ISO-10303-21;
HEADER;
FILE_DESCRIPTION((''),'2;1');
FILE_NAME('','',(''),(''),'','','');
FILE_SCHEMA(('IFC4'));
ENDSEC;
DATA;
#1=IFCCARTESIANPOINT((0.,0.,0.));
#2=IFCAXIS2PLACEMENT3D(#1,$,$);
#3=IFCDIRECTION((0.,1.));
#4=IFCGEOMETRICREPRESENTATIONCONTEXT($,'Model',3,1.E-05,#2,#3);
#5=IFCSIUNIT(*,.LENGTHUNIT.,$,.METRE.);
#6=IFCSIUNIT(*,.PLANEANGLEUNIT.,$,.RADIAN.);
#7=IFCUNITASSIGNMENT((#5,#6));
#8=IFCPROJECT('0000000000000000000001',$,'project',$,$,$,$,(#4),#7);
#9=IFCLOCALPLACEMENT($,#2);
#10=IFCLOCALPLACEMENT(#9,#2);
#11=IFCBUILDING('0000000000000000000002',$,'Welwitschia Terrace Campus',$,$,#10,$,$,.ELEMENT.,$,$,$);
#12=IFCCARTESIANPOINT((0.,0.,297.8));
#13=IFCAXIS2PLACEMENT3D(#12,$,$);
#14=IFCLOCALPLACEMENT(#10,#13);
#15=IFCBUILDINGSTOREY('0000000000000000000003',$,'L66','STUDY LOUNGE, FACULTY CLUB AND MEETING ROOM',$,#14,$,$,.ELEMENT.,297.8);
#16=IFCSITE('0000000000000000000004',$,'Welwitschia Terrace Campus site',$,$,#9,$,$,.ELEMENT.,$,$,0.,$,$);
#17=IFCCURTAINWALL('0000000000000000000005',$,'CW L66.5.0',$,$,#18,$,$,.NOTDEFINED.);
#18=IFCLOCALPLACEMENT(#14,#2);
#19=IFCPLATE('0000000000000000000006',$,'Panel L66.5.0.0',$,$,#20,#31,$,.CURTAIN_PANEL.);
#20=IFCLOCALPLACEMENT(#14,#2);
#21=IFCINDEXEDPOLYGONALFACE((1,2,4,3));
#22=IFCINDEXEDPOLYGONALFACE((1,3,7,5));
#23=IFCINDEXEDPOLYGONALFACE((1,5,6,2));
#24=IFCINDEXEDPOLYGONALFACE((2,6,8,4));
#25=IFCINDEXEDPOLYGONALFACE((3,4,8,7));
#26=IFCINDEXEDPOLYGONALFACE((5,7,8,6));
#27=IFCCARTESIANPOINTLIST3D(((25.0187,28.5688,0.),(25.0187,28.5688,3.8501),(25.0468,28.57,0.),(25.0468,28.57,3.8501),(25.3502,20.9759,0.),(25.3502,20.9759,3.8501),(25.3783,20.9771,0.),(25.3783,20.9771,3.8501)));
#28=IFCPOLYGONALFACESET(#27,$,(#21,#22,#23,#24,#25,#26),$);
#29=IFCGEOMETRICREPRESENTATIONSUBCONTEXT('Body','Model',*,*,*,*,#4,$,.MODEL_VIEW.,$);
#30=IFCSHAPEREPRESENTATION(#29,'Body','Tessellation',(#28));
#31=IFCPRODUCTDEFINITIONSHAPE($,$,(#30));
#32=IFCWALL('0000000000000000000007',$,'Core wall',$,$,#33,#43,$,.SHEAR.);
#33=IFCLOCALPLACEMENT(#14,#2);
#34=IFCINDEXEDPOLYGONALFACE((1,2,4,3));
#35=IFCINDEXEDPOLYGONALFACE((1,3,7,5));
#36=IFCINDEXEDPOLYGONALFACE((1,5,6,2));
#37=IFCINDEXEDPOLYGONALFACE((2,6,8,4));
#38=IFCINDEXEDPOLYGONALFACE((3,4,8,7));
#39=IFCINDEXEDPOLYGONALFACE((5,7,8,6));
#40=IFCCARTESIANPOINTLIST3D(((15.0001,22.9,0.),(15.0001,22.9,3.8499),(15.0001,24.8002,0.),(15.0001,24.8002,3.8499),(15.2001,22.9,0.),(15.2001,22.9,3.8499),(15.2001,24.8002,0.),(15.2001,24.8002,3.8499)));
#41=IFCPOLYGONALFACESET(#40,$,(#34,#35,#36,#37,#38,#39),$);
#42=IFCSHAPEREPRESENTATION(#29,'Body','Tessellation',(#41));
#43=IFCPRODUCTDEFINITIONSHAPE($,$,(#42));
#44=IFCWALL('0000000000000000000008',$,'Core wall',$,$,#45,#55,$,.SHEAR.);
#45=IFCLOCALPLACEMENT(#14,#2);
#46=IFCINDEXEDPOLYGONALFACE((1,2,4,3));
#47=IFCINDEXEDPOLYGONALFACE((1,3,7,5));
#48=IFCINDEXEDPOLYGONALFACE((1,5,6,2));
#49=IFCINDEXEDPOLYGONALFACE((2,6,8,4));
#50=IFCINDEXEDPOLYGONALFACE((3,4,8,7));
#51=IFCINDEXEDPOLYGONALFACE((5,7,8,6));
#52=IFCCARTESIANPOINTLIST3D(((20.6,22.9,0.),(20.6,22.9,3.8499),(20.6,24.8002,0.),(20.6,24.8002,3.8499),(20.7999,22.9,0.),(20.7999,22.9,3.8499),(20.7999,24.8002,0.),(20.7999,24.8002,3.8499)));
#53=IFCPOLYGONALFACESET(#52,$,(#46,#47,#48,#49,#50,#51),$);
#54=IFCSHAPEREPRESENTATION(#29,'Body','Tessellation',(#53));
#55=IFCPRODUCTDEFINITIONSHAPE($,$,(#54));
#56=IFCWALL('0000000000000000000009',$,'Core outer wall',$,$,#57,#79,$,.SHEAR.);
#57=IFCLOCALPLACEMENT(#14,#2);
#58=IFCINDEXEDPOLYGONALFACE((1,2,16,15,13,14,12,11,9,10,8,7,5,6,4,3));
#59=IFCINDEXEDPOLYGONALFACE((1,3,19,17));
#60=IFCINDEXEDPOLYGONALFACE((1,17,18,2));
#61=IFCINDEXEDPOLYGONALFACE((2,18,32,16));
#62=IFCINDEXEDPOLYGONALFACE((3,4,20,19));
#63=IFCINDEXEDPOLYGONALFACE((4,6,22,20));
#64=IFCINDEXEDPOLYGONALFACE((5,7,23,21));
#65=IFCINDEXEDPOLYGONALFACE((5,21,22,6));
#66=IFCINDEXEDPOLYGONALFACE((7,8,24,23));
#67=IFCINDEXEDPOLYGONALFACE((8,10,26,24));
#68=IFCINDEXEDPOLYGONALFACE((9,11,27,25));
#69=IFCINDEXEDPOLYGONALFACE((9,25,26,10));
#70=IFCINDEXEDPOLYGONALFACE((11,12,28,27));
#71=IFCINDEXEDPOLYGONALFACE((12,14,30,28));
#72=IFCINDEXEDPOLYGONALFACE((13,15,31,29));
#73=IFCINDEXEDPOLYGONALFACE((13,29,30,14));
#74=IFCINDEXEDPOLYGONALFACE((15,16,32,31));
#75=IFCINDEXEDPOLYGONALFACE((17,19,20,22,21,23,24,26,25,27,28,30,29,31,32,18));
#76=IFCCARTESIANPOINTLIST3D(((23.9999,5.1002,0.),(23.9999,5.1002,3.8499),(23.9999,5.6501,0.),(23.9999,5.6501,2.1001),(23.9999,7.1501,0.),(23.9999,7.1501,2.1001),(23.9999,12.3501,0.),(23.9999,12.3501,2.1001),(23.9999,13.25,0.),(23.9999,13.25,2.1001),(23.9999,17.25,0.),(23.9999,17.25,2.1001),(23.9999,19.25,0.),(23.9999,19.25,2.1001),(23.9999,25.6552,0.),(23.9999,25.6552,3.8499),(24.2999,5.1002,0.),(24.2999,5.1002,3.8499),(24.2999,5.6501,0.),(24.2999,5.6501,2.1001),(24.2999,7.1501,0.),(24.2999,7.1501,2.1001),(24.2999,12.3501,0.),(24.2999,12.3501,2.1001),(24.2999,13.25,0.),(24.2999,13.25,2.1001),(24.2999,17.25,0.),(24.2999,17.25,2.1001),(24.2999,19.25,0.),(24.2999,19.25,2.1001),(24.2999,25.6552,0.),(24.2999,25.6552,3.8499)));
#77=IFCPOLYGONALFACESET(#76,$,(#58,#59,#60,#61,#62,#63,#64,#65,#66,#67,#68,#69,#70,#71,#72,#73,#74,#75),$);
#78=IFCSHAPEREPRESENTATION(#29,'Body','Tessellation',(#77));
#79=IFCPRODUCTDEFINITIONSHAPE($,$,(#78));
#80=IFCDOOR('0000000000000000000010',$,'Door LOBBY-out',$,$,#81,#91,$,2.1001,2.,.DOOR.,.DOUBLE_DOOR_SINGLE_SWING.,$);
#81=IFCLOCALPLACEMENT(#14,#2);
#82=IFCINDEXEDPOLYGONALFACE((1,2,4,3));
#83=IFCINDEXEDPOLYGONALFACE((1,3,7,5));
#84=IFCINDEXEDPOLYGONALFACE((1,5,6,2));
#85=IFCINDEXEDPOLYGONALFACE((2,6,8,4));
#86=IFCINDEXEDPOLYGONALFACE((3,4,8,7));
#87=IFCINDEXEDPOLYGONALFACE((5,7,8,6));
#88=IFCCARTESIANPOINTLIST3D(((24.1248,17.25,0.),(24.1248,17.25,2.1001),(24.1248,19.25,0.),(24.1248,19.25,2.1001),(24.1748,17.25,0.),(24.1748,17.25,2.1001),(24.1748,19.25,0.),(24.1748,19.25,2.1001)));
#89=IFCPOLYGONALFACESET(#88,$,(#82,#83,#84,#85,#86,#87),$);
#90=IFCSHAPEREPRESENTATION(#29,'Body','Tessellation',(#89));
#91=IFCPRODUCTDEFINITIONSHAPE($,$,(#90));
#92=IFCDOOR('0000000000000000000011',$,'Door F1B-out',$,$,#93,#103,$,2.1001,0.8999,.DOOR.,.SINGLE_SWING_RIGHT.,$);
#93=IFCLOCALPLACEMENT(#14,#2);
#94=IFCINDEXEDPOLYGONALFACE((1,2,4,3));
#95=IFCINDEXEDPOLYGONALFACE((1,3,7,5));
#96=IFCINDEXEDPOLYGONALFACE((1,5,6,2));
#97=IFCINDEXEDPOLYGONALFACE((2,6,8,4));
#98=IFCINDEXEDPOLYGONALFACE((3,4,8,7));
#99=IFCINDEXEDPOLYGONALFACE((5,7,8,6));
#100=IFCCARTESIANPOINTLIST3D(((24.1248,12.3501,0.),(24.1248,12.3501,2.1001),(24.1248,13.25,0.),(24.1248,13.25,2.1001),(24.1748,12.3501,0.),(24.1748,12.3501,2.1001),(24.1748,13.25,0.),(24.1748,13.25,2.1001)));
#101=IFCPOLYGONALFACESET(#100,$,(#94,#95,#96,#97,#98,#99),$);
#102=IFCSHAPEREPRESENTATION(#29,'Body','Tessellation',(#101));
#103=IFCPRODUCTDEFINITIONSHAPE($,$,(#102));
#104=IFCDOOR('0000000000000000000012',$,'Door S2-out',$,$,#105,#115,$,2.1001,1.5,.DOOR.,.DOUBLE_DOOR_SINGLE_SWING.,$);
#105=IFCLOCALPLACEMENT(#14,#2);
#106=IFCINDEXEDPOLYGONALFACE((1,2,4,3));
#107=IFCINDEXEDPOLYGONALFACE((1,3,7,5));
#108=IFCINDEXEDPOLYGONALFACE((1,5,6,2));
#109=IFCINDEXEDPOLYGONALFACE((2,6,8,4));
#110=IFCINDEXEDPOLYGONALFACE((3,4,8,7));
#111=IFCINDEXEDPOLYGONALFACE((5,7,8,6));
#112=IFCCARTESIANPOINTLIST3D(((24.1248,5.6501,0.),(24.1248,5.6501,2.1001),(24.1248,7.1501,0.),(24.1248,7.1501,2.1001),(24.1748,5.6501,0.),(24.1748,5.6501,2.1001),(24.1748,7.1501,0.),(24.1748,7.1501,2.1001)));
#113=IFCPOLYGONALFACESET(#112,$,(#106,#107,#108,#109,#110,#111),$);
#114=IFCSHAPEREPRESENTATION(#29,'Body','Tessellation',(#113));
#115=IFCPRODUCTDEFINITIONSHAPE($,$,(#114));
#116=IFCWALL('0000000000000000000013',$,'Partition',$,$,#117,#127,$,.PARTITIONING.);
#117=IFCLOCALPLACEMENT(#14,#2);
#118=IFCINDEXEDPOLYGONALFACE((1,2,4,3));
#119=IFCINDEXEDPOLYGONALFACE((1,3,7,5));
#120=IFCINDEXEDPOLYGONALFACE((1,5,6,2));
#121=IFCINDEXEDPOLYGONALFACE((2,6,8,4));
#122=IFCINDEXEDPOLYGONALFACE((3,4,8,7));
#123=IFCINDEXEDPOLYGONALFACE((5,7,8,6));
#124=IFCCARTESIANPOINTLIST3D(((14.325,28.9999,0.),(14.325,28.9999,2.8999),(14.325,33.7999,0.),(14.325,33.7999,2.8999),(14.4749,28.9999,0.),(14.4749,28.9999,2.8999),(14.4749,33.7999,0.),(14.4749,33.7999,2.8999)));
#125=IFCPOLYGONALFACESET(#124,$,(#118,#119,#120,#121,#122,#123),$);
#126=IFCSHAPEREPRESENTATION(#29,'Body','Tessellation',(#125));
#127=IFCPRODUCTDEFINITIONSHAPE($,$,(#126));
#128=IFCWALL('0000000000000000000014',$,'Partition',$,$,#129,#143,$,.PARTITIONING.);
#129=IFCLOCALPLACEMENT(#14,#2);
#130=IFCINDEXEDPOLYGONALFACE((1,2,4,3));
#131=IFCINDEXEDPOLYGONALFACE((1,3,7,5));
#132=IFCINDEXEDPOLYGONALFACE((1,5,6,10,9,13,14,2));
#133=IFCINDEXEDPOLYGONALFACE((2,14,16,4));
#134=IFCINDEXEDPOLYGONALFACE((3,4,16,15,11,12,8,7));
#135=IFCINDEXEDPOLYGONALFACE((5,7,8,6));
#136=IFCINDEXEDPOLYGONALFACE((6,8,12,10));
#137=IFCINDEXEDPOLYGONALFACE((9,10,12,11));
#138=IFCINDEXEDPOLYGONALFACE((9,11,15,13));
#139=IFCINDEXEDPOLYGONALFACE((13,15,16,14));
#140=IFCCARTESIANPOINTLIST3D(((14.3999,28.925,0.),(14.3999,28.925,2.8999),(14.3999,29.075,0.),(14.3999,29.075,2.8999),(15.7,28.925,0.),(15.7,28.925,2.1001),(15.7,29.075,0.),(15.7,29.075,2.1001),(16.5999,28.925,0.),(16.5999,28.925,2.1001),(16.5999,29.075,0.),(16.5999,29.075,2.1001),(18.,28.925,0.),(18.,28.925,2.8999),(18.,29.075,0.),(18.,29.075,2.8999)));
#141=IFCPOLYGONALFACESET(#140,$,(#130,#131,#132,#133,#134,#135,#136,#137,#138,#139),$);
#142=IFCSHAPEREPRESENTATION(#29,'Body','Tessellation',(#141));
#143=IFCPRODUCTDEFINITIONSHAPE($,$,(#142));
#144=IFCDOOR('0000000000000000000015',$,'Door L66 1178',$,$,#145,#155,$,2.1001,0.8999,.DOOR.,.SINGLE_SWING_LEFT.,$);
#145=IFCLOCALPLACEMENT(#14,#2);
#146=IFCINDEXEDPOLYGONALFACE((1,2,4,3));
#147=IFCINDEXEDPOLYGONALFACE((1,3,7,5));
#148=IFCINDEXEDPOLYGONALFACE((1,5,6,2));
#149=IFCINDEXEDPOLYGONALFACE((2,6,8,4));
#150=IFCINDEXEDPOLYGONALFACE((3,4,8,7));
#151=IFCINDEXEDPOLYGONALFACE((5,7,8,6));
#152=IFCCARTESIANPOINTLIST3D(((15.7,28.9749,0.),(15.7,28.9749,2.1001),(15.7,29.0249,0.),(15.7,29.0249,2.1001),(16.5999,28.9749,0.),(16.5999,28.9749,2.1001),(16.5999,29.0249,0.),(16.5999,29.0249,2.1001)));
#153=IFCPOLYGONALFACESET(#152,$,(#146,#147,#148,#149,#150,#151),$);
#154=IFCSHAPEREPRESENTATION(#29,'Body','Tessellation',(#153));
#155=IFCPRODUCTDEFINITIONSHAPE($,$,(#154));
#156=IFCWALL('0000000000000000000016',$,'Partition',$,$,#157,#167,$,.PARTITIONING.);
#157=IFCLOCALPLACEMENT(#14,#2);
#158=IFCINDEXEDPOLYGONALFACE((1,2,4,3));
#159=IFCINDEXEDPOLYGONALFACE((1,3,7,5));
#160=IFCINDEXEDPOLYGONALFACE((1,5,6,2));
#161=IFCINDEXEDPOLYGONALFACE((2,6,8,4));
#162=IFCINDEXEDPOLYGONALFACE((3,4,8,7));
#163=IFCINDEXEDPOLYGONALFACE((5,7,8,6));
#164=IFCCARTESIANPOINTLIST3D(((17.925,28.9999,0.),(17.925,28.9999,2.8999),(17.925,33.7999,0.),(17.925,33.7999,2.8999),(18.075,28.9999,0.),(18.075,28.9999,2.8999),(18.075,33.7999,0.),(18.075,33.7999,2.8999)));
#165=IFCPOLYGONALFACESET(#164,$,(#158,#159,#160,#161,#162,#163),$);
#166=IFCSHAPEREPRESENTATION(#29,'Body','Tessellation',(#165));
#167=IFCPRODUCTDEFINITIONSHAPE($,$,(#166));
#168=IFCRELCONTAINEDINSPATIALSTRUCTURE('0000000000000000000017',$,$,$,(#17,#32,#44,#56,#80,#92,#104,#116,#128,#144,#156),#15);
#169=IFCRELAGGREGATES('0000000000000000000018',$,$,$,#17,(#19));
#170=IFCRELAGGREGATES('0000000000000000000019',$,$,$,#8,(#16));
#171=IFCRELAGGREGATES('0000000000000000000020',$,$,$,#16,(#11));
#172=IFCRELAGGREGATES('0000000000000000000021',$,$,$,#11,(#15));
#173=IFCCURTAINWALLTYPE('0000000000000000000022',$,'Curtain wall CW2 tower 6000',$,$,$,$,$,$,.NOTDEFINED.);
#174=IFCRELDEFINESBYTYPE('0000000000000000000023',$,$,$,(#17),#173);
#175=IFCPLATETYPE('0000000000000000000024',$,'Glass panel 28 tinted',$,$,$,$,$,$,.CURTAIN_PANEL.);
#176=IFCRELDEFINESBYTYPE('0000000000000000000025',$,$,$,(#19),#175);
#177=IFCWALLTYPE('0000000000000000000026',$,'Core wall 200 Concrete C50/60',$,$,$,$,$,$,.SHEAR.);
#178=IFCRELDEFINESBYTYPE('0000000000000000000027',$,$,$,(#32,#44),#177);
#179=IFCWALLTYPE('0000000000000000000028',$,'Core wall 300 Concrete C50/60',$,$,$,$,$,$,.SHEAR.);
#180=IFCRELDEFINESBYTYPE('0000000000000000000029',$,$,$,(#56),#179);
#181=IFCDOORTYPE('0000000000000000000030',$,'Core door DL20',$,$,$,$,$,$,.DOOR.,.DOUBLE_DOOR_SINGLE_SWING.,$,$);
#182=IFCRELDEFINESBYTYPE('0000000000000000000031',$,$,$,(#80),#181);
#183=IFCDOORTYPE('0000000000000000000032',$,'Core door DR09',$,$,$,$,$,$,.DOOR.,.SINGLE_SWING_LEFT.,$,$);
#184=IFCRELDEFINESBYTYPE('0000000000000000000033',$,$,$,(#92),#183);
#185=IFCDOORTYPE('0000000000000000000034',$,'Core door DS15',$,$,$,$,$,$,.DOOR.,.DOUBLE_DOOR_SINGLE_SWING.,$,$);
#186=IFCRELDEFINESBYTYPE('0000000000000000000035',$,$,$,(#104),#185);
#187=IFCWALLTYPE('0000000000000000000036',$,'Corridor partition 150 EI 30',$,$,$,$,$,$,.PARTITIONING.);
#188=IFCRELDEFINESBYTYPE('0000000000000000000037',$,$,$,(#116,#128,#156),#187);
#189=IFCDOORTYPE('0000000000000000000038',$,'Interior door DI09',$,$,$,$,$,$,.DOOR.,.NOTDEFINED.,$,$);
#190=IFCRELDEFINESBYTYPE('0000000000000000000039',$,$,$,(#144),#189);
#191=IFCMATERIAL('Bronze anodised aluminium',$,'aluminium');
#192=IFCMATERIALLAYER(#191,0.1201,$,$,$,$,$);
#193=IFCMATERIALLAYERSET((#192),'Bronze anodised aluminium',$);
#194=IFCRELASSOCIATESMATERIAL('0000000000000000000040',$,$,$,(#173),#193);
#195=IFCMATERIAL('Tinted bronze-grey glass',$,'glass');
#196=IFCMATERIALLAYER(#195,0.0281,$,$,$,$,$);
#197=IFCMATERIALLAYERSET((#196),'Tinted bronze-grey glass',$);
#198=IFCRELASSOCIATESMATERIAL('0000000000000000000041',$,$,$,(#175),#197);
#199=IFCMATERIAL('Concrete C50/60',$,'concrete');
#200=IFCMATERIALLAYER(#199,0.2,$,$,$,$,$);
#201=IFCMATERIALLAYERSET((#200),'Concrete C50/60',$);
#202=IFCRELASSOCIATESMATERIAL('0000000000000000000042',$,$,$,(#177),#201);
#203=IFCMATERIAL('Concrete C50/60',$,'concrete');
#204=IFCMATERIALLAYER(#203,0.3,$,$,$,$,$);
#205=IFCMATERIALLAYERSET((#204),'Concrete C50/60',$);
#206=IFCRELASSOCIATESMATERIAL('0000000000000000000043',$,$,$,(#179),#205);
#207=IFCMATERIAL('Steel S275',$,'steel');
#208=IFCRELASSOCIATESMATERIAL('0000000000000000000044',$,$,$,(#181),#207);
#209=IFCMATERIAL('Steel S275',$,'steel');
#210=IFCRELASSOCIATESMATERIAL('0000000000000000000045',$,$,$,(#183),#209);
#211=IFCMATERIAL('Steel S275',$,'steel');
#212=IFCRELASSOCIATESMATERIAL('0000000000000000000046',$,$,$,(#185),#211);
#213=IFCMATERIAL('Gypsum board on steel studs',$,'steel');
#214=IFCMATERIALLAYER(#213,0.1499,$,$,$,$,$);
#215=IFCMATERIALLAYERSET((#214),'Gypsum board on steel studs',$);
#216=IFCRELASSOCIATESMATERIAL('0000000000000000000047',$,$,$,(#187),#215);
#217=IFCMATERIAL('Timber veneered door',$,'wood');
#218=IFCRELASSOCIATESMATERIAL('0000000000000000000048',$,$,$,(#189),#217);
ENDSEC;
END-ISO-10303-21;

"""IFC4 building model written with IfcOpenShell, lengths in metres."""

from ifc_helpers import new_model, si_unit, direction, frame, frame_2d, origin, origin_2d, place, context, subcontext, project, spatial, rectangle, extrude, material, layer, layer_set, type_object, element, fill, aggregate, save


model = new_model("IFC4")

# Units and contexts
model_context = context("Model", 3, precision=1e-05, world=origin(), true_north=direction((0.0, 1.0)))
body_context = subcontext(model_context, "Body", "Model", "MODEL_VIEW")
ifc_project = project(units=[si_unit("LENGTHUNIT", "METRE"), si_unit("PLANEANGLEUNIT", "RADIAN")], contexts=[model_context])

# Site, building, storey
site_placement = place(None, origin())
site = spatial("IfcSite", under=ifc_project, at=site_placement, Name="Welwitschia Terrace Campus site", CompositionType="ELEMENT", RefElevation=0.0)
building_placement = place(site_placement, origin())
building = spatial("IfcBuilding", under=site, at=building_placement, Name="Welwitschia Terrace Campus", CompositionType="ELEMENT")
storey_placement = place(building_placement, frame((0.0, 0.0, 297.8)))
storey = spatial("IfcBuildingStorey", under=building, at=storey_placement, Name="L66", Description="STUDY LOUNGE, FACULTY CLUB AND MEETING ROOM", CompositionType="ELEMENT", Elevation=297.8)

# Curtain wall
ifc_material_1 = material(Name="Bronze anodised aluminium", Category="aluminium")
ifc_layer_1 = layer(ifc_material_1, 0.1201)
ifc_layer_set_1 = layer_set([ifc_layer_1], Name="Bronze anodised aluminium")
curtain_wall_type = type_object("IfcCurtainWallType", Name="Curtain wall CW2 tower 6000", PredefinedType="NOTDEFINED", material=ifc_layer_set_1)
curtain_wall_1_placement = place(storey_placement, origin())
curtain_wall_1 = element("IfcCurtainWall", 1, at=curtain_wall_1_placement, inside=storey, type_object=curtain_wall_type, Name="CW L66.5.0", PredefinedType="NOTDEFINED")

# Plate
ifc_material_2 = material(Name="Tinted bronze-grey glass", Category="glass")
ifc_layer_2 = layer(ifc_material_2, 0.0281)
ifc_layer_set_2 = layer_set([ifc_layer_2], Name="Tinted bronze-grey glass")
plate_type = type_object("IfcPlateType", Name="Glass panel 28 tinted", PredefinedType="CURTAIN_PANEL", material=ifc_layer_set_2)
plate_placement = place(storey_placement, frame((25.1985, 24.7729, 0.0), z_axis=(0.0, 0.0, 1.0), x_axis=(-0.043619, 0.999048, 0.0)))
plate = element("IfcPlate", 2, at=plate_placement, type_object=plate_type, Name="Panel L66.5.0.0", PredefinedType="CURTAIN_PANEL", context=body_context, shape_type="SweptSolid", body=[
    extrude(rectangle(XDim=7.6001, YDim=0.0281, at=origin_2d()), origin(), (0.0, 0.0, 1.0), 3.8501),
])
aggregate(curtain_wall_1, [plate])

# Walls
ifc_material_3 = material(Name="Concrete C50/60", Category="concrete")
ifc_layer_3 = layer(ifc_material_3, 0.2)
ifc_layer_set_3 = layer_set([ifc_layer_3], Name="Concrete C50/60")
wall_type_1 = type_object("IfcWallType", Name="Core wall 200 Concrete C50/60", PredefinedType="SHEAR", material=ifc_layer_set_3)
for number, where, z_axis, x_axis, name in (
    (3, (15.1001, 22.8999, 0.0), (0.0, 0.0, 1.0), (0.0, 1.0, 0.0), "Core wall"),
    (4, (20.7, 22.8999, 0.0), (0.0, 0.0, 1.0), (0.0, 1.0, 0.0), "Core wall"),
):
    element("IfcWall", number, at=place(storey_placement, frame(where, z_axis=z_axis, x_axis=x_axis)), inside=storey, type_object=wall_type_1, Name=name, PredefinedType="SHEAR", context=body_context, shape_type="SweptSolid", body=[
        extrude(rectangle(XDim=1.9001, YDim=0.2, at=frame_2d((0.9502, 0.0))), origin(), (0.0, 0.0, 1.0), 3.8499),
    ])

# Wall, openings, doors
ifc_material_4 = material(Name="Concrete C50/60", Category="concrete")
ifc_layer_4 = layer(ifc_material_4, 0.3)
ifc_layer_set_4 = layer_set([ifc_layer_4], Name="Concrete C50/60")
wall_type_2 = type_object("IfcWallType", Name="Core wall 300 Concrete C50/60", PredefinedType="SHEAR", material=ifc_layer_set_4)
wall_1_placement = place(storey_placement, frame((24.1499, 25.655, 0.0), z_axis=(0.0, 0.0, 1.0), x_axis=(0.0, -1.0, 0.0)))
wall_1 = element("IfcWall", 5, at=wall_1_placement, inside=storey, type_object=wall_type_2, Name="Core outer wall", PredefinedType="SHEAR", context=body_context, shape_type="SweptSolid", body=[
    extrude(rectangle(XDim=20.5549, YDim=0.3, at=frame_2d((10.2773, 0.0))), origin(), (0.0, 0.0, 1.0), 3.8499),
])
opening_1_placement = place(wall_1_placement, frame((18.5049, 0.0, 0.0)))
opening_1 = element("IfcOpeningElement", 6, at=opening_1_placement, cuts=wall_1, PredefinedType="OPENING", context=body_context, shape_type="SweptSolid", body=[
    extrude(rectangle(XDim=1.5, YDim=2.1001, at=frame_2d((0.75, 1.05))), frame((0.0, 0.1599, 0.0), z_axis=(0.0, -1.0, 0.0), x_axis=(1.0, 0.0, 0.0)), (0.0, 0.0, 1.0), 0.3201),
])
opening_2_placement = place(wall_1_placement, frame((12.405, 0.0, 0.0)))
opening_2 = element("IfcOpeningElement", 7, at=opening_2_placement, cuts=wall_1, PredefinedType="OPENING", context=body_context, shape_type="SweptSolid", body=[
    extrude(rectangle(XDim=0.8999, YDim=2.1001, at=frame_2d((0.45, 1.05))), frame((0.0, 0.1599, 0.0), z_axis=(0.0, -1.0, 0.0), x_axis=(1.0, 0.0, 0.0)), (0.0, 0.0, 1.0), 0.3201),
])
opening_3_placement = place(wall_1_placement, frame((6.405, 0.0, 0.0)))
opening_3 = element("IfcOpeningElement", 8, at=opening_3_placement, cuts=wall_1, PredefinedType="OPENING", context=body_context, shape_type="SweptSolid", body=[
    extrude(rectangle(XDim=2.0, YDim=2.1001, at=frame_2d((1.0, 1.05))), frame((0.0, 0.1599, 0.0), z_axis=(0.0, -1.0, 0.0), x_axis=(1.0, 0.0, 0.0)), (0.0, 0.0, 1.0), 0.3201),
])
ifc_material_5 = material(Name="Steel S275", Category="steel")
door_type_1 = type_object("IfcDoorType", Name="Core door DL20", OperationType="DOUBLE_DOOR_SINGLE_SWING", PredefinedType="DOOR", material=ifc_material_5)
door_1_placement = place(opening_3_placement, origin())
door_1 = element("IfcDoor", 9, at=door_1_placement, inside=storey, type_object=door_type_1, Name="Door LOBBY-out", OperationType="DOUBLE_DOOR_SINGLE_SWING", OverallHeight=2.1001, OverallWidth=2.0, PredefinedType="DOOR", context=body_context, shape_type="SweptSolid", body=[
    extrude(rectangle(XDim=2.0, YDim=2.1001, at=frame_2d((1.0, 1.05))), frame((0.0, 0.0249, 0.0), z_axis=(0.0, -1.0, 0.0), x_axis=(1.0, 0.0, 0.0)), (0.0, 0.0, 1.0), 0.05),
])
fill(opening_3, door_1)
ifc_material_6 = material(Name="Steel S275", Category="steel")
door_type_2 = type_object("IfcDoorType", Name="Core door DR09", OperationType="SINGLE_SWING_LEFT", PredefinedType="DOOR", material=ifc_material_6)
door_2_placement = place(opening_2_placement, origin())
door_2 = element("IfcDoor", 10, at=door_2_placement, inside=storey, type_object=door_type_2, Name="Door F1B-out", OperationType="SINGLE_SWING_RIGHT", OverallHeight=2.1001, OverallWidth=0.8999, PredefinedType="DOOR", context=body_context, shape_type="SweptSolid", body=[
    extrude(rectangle(XDim=0.8999, YDim=2.1001, at=frame_2d((0.45, 1.05))), frame((0.0, 0.0249, 0.0), z_axis=(0.0, -1.0, 0.0), x_axis=(1.0, 0.0, 0.0)), (0.0, 0.0, 1.0), 0.05),
])
fill(opening_2, door_2)
ifc_material_7 = material(Name="Steel S275", Category="steel")
door_type_3 = type_object("IfcDoorType", Name="Core door DS15", OperationType="DOUBLE_DOOR_SINGLE_SWING", PredefinedType="DOOR", material=ifc_material_7)
door_3_placement = place(opening_1_placement, origin())
door_3 = element("IfcDoor", 11, at=door_3_placement, inside=storey, type_object=door_type_3, Name="Door S2-out", OperationType="DOUBLE_DOOR_SINGLE_SWING", OverallHeight=2.1001, OverallWidth=1.5, PredefinedType="DOOR", context=body_context, shape_type="SweptSolid", body=[
    extrude(rectangle(XDim=1.5, YDim=2.1001, at=frame_2d((0.75, 1.05))), frame((0.0, 0.0249, 0.0), z_axis=(0.0, -1.0, 0.0), x_axis=(1.0, 0.0, 0.0)), (0.0, 0.0, 1.0), 0.05),
])
fill(opening_1, door_3)

# Wall
ifc_material_8 = material(Name="Gypsum board on steel studs", Category="steel")
ifc_layer_5 = layer(ifc_material_8, 0.1499)
ifc_layer_set_5 = layer_set([ifc_layer_5], Name="Gypsum board on steel studs")
wall_type_3 = type_object("IfcWallType", Name="Corridor partition 150 EI 30", PredefinedType="PARTITIONING", material=ifc_layer_set_5)
wall_2_placement = place(storey_placement, frame((14.3999, 29.0, 0.0), z_axis=(0.0, 0.0, 1.0), x_axis=(0.0, 1.0, 0.0)))
element("IfcWall", 12, at=wall_2_placement, inside=storey, type_object=wall_type_3, Name="Partition", PredefinedType="PARTITIONING", context=body_context, shape_type="SweptSolid", body=[
    extrude(rectangle(XDim=4.8, YDim=0.1499, at=frame_2d((2.3999, 0.0))), origin(), (0.0, 0.0, 1.0), 2.8999),
])

# Wall, opening, door
wall_3_placement = place(storey_placement, frame((14.3999, 29.0, 0.0), z_axis=(0.0, 0.0, 1.0), x_axis=(1.0, 0.0, 0.0)))
wall_3 = element("IfcWall", 13, at=wall_3_placement, inside=storey, type_object=wall_type_3, Name="Partition", PredefinedType="PARTITIONING", context=body_context, shape_type="SweptSolid", body=[
    extrude(rectangle(XDim=3.6001, YDim=0.1499, at=frame_2d((1.8, 0.0))), origin(), (0.0, 0.0, 1.0), 2.8999),
])
opening_4_placement = place(wall_3_placement, frame((1.3, 0.0, 0.0)))
opening_4 = element("IfcOpeningElement", 14, at=opening_4_placement, cuts=wall_3, PredefinedType="OPENING", context=body_context, shape_type="SweptSolid", body=[
    extrude(rectangle(XDim=0.8999, YDim=2.1001, at=frame_2d((0.45, 1.05))), frame((0.0, 0.085, 0.0), z_axis=(0.0, -1.0, 0.0), x_axis=(1.0, 0.0, 0.0)), (0.0, 0.0, 1.0), 0.1699),
])
ifc_material_9 = material(Name="Timber veneered door", Category="wood")
door_type_4 = type_object("IfcDoorType", Name="Interior door DI09", OperationType="NOTDEFINED", PredefinedType="DOOR", material=ifc_material_9)
door_4_placement = place(opening_4_placement, origin())
door_4 = element("IfcDoor", 15, at=door_4_placement, inside=storey, type_object=door_type_4, Name="Door L66 1178", OperationType="SINGLE_SWING_LEFT", OverallHeight=2.1001, OverallWidth=0.8999, PredefinedType="DOOR", context=body_context, shape_type="SweptSolid", body=[
    extrude(rectangle(XDim=0.8999, YDim=2.1001, at=frame_2d((0.45, 1.05))), frame((0.0, 0.0249, 0.0), z_axis=(0.0, -1.0, 0.0), x_axis=(1.0, 0.0, 0.0)), (0.0, 0.0, 1.0), 0.05),
])
fill(opening_4, door_4)

# Wall
wall_4_placement = place(storey_placement, frame((18.0, 29.0, 0.0), z_axis=(0.0, 0.0, 1.0), x_axis=(0.0, 1.0, 0.0)))
element("IfcWall", 16, at=wall_4_placement, inside=storey, type_object=wall_type_3, Name="Partition", PredefinedType="PARTITIONING", context=body_context, shape_type="SweptSolid", body=[
    extrude(rectangle(XDim=4.8, YDim=0.1499, at=frame_2d((2.3999, 0.0))), origin(), (0.0, 0.0, 1.0), 2.8999),
])

save(model, "model.ifc")
